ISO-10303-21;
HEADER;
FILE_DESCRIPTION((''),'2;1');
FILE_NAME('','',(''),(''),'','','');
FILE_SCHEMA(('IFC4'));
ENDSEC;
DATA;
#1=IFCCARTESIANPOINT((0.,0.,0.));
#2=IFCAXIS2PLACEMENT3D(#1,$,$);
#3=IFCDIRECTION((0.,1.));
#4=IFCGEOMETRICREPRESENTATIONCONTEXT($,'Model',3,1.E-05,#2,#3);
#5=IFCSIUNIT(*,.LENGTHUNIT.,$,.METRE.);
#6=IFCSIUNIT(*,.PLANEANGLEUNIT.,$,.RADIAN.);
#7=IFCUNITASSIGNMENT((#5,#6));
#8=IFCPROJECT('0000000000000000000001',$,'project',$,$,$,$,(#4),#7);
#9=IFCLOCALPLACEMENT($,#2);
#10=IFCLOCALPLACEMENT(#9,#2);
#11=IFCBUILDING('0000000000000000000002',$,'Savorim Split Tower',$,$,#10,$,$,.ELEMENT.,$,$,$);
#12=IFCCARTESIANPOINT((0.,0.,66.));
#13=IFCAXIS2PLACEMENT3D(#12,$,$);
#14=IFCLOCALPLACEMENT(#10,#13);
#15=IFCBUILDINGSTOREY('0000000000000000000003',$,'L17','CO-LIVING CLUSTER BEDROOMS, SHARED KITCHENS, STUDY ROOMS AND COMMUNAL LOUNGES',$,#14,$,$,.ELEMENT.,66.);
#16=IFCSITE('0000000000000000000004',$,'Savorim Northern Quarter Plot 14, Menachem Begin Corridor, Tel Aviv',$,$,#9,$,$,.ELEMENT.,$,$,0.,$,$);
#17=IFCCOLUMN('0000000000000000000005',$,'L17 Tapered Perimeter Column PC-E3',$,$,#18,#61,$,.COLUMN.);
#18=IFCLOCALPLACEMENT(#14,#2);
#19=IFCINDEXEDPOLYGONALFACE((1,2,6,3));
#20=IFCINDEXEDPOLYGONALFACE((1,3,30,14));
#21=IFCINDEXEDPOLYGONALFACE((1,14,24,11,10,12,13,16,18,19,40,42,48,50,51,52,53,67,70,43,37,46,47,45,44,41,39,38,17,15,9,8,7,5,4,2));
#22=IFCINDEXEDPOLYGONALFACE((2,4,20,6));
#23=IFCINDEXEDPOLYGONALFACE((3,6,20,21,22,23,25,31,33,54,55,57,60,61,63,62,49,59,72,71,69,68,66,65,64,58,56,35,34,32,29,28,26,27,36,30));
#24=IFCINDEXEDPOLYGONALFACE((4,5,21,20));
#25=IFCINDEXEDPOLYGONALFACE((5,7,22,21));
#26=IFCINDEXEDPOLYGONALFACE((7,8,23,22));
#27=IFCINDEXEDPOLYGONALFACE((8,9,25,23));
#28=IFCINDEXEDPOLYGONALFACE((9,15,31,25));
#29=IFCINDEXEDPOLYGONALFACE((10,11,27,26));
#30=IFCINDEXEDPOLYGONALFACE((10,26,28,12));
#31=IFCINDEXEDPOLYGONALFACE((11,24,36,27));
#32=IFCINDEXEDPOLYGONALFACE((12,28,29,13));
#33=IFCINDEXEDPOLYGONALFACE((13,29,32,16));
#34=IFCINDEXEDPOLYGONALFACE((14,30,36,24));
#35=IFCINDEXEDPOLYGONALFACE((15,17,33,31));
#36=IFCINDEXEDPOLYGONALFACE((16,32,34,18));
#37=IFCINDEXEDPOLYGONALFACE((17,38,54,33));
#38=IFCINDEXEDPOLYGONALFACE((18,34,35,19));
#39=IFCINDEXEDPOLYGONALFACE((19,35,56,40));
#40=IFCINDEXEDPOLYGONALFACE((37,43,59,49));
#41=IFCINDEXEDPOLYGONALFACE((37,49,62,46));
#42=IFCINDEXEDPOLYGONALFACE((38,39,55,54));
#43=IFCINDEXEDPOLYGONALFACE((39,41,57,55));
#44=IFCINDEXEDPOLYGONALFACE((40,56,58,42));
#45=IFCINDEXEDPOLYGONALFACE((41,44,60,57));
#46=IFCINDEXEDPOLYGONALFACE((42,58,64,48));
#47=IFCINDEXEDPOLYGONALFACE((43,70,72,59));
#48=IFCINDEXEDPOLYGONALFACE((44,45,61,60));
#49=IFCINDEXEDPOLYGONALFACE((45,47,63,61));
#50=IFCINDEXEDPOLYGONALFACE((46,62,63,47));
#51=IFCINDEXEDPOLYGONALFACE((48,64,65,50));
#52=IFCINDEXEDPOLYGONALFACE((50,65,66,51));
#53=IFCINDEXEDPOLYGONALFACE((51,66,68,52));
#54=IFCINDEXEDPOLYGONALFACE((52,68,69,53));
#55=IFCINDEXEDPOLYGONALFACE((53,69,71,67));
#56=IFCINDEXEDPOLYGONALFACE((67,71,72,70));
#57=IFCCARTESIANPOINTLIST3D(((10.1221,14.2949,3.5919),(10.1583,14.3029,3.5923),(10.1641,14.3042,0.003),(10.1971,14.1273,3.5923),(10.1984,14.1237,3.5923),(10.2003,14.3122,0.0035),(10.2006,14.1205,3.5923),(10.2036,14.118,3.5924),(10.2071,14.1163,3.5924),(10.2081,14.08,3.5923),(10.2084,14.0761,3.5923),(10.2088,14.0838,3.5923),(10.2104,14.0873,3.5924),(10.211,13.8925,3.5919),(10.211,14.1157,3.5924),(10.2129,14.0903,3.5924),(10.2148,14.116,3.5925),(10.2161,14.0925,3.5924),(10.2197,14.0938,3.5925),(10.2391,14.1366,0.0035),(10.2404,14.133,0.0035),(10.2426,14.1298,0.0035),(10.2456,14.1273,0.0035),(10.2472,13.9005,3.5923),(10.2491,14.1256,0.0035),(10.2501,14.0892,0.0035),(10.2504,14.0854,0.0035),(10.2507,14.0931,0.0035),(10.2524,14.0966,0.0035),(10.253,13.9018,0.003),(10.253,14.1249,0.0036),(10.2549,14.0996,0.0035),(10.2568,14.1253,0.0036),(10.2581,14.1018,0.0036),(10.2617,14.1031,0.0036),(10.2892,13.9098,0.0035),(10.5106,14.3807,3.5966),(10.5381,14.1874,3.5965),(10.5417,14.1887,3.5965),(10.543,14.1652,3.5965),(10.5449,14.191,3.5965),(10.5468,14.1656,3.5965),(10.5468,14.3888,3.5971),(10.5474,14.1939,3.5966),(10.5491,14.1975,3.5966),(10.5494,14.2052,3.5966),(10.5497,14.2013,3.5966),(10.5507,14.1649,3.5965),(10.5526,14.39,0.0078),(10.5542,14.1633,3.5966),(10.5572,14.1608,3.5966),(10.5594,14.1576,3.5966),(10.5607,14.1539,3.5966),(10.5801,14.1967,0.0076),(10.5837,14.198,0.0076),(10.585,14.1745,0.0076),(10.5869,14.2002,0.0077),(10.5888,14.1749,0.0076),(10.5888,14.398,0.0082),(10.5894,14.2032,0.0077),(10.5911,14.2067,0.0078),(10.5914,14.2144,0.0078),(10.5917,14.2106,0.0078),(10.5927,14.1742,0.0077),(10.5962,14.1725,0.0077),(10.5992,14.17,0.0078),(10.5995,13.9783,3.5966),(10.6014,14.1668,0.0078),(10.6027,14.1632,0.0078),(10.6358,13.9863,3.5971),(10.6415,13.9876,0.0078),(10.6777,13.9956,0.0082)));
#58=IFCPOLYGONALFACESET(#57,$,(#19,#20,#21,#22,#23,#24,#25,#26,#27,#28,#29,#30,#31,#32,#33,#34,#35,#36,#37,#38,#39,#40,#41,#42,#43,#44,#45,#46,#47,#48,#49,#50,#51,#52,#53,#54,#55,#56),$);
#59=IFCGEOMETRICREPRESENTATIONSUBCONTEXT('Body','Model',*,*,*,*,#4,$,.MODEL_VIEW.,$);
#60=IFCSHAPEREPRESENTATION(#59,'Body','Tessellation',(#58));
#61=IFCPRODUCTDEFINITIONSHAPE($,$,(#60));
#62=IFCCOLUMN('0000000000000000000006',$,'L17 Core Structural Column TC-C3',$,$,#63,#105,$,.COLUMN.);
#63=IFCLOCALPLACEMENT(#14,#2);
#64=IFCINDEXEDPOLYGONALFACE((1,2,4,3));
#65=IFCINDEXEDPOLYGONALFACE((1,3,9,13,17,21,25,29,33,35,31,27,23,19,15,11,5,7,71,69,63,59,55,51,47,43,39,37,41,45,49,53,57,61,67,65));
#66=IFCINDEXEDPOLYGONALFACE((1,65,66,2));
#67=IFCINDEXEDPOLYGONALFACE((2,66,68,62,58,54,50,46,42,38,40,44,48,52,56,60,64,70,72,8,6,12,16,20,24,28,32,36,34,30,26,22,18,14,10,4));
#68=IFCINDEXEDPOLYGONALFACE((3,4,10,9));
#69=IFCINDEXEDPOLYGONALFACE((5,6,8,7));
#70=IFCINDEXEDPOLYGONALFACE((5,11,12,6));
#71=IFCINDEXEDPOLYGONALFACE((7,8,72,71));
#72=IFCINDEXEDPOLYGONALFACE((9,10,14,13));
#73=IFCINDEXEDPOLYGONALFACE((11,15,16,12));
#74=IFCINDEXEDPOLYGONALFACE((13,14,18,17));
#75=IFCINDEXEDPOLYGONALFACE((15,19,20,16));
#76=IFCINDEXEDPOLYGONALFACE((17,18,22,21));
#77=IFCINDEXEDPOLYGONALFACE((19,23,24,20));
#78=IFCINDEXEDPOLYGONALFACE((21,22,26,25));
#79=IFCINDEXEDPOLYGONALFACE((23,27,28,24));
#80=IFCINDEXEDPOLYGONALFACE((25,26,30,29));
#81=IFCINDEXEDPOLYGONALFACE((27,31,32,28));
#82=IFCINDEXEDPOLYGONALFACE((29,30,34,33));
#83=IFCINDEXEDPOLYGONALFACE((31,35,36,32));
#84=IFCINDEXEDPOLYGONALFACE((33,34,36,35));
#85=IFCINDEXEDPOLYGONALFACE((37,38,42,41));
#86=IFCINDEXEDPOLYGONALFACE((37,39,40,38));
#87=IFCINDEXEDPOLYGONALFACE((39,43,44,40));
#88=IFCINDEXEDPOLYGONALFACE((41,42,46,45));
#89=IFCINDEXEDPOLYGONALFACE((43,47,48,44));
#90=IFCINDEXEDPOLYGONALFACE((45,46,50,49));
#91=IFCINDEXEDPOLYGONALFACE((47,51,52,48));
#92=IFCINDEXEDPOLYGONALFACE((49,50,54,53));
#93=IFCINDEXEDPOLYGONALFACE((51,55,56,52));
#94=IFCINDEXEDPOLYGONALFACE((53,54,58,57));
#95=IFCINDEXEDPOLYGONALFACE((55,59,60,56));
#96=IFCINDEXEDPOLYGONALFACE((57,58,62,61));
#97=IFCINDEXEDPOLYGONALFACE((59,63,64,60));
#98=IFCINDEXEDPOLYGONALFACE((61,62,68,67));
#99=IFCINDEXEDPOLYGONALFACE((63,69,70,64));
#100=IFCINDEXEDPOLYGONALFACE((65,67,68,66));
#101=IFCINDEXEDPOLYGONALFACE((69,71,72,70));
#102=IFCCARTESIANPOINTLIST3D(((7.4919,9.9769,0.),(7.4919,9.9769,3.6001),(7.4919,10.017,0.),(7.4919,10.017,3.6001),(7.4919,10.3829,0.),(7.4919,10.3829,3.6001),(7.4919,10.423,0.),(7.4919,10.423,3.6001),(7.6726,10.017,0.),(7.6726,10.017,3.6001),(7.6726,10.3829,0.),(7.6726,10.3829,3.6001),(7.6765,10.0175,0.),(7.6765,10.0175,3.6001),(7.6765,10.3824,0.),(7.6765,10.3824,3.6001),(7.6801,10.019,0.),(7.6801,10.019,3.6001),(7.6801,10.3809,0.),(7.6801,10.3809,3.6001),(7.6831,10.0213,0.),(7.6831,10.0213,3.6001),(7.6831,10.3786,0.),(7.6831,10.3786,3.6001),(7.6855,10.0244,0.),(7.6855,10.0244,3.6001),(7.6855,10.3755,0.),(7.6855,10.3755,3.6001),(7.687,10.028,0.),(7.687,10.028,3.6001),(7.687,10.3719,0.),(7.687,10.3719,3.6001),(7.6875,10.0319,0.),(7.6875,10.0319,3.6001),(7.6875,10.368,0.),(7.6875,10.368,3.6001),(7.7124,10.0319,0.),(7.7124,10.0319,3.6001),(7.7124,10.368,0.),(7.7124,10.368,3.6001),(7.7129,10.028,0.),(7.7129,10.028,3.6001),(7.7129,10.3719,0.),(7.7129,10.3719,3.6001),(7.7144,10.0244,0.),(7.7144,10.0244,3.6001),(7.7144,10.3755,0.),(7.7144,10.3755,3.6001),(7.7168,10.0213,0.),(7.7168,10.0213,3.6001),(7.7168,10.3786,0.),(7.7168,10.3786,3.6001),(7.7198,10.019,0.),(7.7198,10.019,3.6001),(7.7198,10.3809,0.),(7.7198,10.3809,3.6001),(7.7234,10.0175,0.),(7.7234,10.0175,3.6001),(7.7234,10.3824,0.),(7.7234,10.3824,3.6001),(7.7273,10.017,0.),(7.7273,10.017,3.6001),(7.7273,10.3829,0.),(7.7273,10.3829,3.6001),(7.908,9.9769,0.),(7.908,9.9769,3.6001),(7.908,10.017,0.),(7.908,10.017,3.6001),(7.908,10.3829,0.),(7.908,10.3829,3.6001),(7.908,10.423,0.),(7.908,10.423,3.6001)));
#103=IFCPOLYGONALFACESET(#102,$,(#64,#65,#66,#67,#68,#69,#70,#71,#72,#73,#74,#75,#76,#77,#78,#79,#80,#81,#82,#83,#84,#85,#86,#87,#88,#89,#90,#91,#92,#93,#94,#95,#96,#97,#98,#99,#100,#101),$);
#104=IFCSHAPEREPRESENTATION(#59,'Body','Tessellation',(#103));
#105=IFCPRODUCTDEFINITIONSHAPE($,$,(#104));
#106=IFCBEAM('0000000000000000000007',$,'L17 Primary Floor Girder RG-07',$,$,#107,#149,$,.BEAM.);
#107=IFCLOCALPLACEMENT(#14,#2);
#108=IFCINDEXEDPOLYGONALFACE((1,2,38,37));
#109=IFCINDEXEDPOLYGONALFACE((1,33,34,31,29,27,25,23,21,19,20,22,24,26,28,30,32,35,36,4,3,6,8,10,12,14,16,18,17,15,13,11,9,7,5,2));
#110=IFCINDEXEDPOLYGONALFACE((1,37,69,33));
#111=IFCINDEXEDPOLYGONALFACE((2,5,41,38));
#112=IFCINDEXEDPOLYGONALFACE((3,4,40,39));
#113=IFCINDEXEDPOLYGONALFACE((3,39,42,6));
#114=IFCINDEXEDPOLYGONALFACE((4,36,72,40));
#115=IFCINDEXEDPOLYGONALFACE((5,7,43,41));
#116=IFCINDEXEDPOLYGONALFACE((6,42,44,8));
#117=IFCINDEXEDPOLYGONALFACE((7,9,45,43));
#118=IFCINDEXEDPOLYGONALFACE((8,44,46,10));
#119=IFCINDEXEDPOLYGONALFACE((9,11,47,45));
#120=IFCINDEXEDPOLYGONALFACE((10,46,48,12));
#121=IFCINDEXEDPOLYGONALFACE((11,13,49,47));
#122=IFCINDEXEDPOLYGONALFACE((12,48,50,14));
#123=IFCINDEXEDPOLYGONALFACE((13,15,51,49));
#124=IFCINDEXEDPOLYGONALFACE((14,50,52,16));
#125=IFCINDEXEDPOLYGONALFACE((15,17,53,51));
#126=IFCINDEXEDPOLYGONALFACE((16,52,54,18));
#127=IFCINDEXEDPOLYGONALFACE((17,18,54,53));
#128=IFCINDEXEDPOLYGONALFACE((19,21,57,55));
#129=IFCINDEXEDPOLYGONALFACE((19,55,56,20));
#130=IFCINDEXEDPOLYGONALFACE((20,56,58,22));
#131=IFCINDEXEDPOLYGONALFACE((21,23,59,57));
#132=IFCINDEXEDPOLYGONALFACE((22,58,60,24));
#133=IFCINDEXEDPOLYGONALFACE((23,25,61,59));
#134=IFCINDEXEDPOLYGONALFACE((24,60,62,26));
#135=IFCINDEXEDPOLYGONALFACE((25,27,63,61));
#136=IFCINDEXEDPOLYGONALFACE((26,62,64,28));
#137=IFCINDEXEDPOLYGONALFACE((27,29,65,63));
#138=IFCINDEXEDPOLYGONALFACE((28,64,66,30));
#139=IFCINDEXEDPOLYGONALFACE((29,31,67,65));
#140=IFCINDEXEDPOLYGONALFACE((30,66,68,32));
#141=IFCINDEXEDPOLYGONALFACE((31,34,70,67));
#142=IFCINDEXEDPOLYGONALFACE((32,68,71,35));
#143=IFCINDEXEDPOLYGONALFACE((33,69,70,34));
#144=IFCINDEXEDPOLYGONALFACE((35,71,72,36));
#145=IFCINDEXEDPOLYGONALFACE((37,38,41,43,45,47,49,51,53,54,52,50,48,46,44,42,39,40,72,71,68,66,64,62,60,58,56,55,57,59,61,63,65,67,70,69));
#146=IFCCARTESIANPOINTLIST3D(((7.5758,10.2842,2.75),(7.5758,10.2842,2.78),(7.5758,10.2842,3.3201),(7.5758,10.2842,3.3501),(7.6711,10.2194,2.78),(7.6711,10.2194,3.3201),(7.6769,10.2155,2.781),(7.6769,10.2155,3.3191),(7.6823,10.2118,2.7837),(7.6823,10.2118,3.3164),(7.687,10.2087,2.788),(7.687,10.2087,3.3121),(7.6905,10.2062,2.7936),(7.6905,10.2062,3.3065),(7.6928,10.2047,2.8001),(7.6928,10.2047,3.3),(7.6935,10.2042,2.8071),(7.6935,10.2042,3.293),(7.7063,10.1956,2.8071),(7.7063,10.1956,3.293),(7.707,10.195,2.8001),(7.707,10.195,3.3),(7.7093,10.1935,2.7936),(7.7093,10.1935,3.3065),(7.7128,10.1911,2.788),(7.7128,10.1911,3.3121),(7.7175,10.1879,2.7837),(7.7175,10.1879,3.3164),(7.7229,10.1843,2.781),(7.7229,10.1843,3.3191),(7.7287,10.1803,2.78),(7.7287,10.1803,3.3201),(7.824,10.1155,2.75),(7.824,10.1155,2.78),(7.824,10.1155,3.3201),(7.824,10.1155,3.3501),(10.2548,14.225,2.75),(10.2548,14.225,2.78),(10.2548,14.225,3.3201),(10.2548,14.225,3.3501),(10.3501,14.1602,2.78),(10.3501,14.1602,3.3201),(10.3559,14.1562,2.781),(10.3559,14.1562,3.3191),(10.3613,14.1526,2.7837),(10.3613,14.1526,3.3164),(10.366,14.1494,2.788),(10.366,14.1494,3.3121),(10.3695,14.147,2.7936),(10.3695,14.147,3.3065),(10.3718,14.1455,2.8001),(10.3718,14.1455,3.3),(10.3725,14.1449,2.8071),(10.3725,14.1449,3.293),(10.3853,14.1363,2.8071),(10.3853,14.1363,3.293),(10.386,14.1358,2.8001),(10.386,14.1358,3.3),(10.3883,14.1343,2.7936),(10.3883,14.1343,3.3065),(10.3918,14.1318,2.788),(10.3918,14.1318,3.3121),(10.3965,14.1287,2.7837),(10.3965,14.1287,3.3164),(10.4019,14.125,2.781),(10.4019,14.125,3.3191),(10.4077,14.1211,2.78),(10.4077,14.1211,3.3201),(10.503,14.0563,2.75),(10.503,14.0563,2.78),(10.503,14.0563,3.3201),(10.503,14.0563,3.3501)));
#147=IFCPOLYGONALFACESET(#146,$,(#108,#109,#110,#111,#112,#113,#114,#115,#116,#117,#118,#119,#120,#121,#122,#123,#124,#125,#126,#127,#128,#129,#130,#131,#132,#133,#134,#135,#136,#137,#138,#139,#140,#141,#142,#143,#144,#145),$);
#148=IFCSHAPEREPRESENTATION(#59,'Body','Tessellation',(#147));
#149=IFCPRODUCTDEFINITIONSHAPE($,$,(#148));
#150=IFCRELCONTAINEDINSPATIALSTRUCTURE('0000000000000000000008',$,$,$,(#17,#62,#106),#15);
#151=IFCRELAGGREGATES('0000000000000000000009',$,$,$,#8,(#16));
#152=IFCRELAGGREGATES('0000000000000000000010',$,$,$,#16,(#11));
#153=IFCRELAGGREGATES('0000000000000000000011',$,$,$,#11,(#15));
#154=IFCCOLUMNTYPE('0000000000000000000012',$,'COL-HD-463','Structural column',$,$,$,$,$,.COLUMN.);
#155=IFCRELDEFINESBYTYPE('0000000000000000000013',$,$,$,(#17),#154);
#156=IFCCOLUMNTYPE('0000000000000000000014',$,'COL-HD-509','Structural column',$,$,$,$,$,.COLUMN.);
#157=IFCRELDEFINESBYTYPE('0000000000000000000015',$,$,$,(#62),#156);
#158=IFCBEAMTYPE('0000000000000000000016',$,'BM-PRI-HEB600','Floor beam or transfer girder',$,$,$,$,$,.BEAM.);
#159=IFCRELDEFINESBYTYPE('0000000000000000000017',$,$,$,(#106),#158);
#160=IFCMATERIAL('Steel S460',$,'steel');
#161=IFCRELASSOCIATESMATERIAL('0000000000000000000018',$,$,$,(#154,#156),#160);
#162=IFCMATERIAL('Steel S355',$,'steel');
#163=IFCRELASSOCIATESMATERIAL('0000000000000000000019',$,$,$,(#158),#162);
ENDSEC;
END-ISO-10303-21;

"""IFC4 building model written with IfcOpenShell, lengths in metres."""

from ifc_helpers import new_model, si_unit, direction, frame, origin, origin_2d, place, context, subcontext, project, spatial, i_section, extrude, material, material_profile, profile_set, type_object, element, save


model = new_model("IFC4")

# Units and contexts
model_context = context("Model", 3, precision=1e-05, world=origin(), true_north=direction((0.0, 1.0)))
body_context = subcontext(model_context, "Body", "Model", "MODEL_VIEW")
ifc_project = project(units=[si_unit("LENGTHUNIT", "METRE"), si_unit("PLANEANGLEUNIT", "RADIAN")], contexts=[model_context])

# Site, building, storey
site_placement = place(None, origin())
site = spatial("IfcSite", under=ifc_project, at=site_placement, Name="Savorim Northern Quarter Plot 14, Menachem Begin Corridor, Tel Aviv", CompositionType="ELEMENT", RefElevation=0.0)
building_placement = place(site_placement, origin())
building = spatial("IfcBuilding", under=site, at=building_placement, Name="Savorim Split Tower", CompositionType="ELEMENT")
storey_placement = place(building_placement, frame((0.0, 0.0, 66.0)))
storey = spatial("IfcBuildingStorey", under=building, at=storey_placement, Name="L17", Description="CO-LIVING CLUSTER BEDROOMS, SHARED KITCHENS, STUDY ROOMS AND COMMUNAL LOUNGES", CompositionType="ELEMENT", Elevation=66.0)

# Columns
ifc_material_1 = material(Name="Steel S460", Category="steel")
ifc_material_profile_1 = material_profile(ifc_material_1, i_section(OverallWidth=0.4121, OverallDepth=0.4351, WebThickness=0.0227, FlangeThickness=0.0371, FilletRadius=0.0149, at=origin_2d()), Name="HD 400x463")
ifc_profile_set_1 = profile_set([ifc_material_profile_1], Name="Steel S460")
column_type_1 = type_object("IfcColumnType", Name="COL-HD-463", Description="Structural column", PredefinedType="COLUMN", material=ifc_profile_set_1)
column_1_placement = place(storey_placement, frame((10.4209, 14.1499, 0.0056), z_axis=(-0.0117, -0.002585, 0.999928), x_axis=(0.215728, -0.976453, 0.0)))
element("IfcColumn", 1, at=column_1_placement, inside=storey, type_object=column_type_1, Name="L17 Tapered Perimeter Column PC-E3", PredefinedType="COLUMN", context=body_context, shape_type="SweptSolid", body=[
    extrude(i_section(OverallWidth=0.4121, OverallDepth=0.4351, WebThickness=0.0227, FlangeThickness=0.0371, FilletRadius=0.0149, at=origin_2d()), origin(), (0.0, 0.0, 1.0), 3.5891),
])
ifc_material_profile_2 = material_profile(ifc_material_1, i_section(OverallWidth=0.416, OverallDepth=0.446, WebThickness=0.0249, FlangeThickness=0.04, FilletRadius=0.0149, at=origin_2d()), Name="HD 400x509")
ifc_profile_set_2 = profile_set([ifc_material_profile_2], Name="Steel S460")
column_type_2 = type_object("IfcColumnType", Name="COL-HD-509", Description="Structural column", PredefinedType="COLUMN", material=ifc_profile_set_2)
column_2_placement = place(storey_placement, frame((7.7, 10.2, 0.0), z_axis=(0.0, 0.0, 1.0), x_axis=(1.0, 0.0, 0.0)))
element("IfcColumn", 2, at=column_2_placement, inside=storey, type_object=column_type_2, Name="L17 Core Structural Column TC-C3", PredefinedType="COLUMN", context=body_context, shape_type="SweptSolid", body=[
    extrude(i_section(OverallWidth=0.416, OverallDepth=0.446, WebThickness=0.0249, FlangeThickness=0.04, FilletRadius=0.0149, at=origin_2d()), origin(), (0.0, 0.0, 1.0), 3.6001),
])

# Beam
ifc_material_2 = material(Name="Steel S355", Category="steel")
ifc_material_profile_3 = material_profile(ifc_material_2, i_section(OverallWidth=0.3, OverallDepth=0.6001, WebThickness=0.0154, FlangeThickness=0.03, FilletRadius=0.0271, at=origin_2d()), Name="HEB 600")
ifc_profile_set_3 = profile_set([ifc_material_profile_3], Name="Steel S355")
beam_type_1 = type_object("IfcBeamType", Name="BM-PRI-HEB600", Description="Floor beam or transfer girder", PredefinedType="BEAM", material=ifc_profile_set_3)
beam_1_placement = place(storey_placement, frame((10.3789, 14.1406, 3.05), z_axis=(-0.562209, -0.826995, 0.0), x_axis=(0.826995, -0.562209, 0.0)))
element("IfcBeam", 3, at=beam_1_placement, inside=storey, type_object=beam_type_1, Name="L17 Primary Floor Girder RG-07", PredefinedType="BEAM", context=body_context, shape_type="SweptSolid", body=[
    extrude(i_section(OverallWidth=0.3, OverallDepth=0.6001, WebThickness=0.0154, FlangeThickness=0.03, FilletRadius=0.0271, at=origin_2d()), origin(), (0.0, 0.0, 1.0), 4.7651),
])

save(model, "model.ifc")
